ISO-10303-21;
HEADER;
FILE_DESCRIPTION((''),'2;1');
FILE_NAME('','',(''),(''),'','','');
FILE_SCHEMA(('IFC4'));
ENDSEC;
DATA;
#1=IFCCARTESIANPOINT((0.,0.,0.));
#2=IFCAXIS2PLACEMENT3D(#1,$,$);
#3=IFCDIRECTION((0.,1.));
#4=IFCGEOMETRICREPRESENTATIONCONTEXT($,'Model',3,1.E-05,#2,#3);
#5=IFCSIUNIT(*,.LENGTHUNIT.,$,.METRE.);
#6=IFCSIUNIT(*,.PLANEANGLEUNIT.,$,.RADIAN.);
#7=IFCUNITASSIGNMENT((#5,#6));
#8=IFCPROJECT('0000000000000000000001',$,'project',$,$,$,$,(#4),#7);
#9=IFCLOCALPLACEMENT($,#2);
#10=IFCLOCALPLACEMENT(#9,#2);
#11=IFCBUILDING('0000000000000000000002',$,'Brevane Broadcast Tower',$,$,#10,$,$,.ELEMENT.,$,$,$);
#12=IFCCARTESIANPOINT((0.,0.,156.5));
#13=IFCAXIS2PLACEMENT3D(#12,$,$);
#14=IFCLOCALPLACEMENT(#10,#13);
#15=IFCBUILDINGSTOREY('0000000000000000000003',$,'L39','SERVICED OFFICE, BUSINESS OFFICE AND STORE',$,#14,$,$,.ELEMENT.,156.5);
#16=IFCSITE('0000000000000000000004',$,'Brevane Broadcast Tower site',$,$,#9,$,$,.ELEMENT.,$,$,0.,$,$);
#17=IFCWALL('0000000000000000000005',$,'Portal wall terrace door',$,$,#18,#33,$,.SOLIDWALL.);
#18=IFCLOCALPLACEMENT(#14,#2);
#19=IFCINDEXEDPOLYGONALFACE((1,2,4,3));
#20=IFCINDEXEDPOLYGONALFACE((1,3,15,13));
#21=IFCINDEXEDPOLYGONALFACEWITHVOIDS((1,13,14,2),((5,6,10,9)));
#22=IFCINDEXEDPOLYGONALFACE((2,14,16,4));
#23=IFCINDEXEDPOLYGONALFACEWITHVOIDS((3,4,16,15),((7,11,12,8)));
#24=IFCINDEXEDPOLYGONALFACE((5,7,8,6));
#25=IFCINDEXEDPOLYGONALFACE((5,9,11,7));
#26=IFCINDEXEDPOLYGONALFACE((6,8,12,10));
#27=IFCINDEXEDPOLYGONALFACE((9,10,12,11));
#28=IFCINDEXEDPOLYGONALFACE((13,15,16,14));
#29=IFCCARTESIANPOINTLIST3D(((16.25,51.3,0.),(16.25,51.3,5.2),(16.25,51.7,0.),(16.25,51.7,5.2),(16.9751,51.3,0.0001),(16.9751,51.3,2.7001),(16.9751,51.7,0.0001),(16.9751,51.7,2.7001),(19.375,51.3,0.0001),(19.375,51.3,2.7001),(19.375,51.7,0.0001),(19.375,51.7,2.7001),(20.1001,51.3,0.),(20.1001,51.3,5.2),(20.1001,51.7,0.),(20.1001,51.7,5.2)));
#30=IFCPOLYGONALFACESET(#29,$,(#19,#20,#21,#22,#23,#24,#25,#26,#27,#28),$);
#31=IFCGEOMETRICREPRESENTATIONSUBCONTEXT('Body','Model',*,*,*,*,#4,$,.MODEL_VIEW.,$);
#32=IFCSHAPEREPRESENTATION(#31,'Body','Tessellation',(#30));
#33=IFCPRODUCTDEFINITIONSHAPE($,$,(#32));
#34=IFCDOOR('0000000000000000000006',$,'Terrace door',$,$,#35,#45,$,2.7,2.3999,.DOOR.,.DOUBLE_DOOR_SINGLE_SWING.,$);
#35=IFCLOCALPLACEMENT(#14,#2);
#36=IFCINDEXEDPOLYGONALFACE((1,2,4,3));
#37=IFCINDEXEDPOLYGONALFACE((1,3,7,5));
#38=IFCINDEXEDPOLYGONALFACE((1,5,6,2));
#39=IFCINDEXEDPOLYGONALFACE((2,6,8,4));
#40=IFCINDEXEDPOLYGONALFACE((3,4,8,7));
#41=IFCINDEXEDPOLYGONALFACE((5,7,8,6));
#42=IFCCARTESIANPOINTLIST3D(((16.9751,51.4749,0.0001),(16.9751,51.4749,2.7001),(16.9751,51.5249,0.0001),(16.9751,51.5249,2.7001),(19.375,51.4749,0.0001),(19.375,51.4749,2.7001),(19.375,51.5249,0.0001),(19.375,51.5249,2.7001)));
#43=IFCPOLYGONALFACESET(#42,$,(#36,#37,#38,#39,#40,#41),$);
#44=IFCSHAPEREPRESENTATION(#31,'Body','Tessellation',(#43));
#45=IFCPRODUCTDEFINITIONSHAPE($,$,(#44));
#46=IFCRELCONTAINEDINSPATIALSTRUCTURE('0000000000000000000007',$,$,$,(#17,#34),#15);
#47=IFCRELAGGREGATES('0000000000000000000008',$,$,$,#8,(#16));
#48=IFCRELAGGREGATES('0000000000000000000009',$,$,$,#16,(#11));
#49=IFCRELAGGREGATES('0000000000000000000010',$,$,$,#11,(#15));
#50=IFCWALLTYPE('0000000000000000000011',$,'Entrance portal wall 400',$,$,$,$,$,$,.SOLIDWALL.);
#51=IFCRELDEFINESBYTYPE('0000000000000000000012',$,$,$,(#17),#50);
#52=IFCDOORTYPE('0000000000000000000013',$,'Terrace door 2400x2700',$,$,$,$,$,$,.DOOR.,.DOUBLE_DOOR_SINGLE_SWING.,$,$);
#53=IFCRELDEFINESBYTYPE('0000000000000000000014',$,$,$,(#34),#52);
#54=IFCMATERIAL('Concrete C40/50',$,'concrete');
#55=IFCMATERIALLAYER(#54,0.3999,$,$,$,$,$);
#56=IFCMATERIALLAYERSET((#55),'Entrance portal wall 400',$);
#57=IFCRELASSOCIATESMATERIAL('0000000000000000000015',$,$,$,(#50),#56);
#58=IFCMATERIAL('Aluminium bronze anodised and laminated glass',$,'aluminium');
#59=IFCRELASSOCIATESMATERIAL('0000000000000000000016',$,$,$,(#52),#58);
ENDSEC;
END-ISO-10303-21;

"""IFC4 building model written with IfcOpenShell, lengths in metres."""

from ifc_helpers import new_model, si_unit, direction, frame, frame_2d, origin, place, context, subcontext, project, spatial, rectangle, extrude, material, layer, layer_set, type_object, element, fill, save


model = new_model("IFC4")

# Units and contexts
model_context = context("Model", 3, precision=1e-05, world=origin(), true_north=direction((0.0, 1.0)))
body_context = subcontext(model_context, "Body", "Model", "MODEL_VIEW")
ifc_project = project(units=[si_unit("LENGTHUNIT", "METRE"), si_unit("PLANEANGLEUNIT", "RADIAN")], contexts=[model_context])

# Site, building, storey
site_placement = place(None, origin())
site = spatial("IfcSite", under=ifc_project, at=site_placement, Name="Brevane Broadcast Tower site", CompositionType="ELEMENT", RefElevation=0.0)
building_placement = place(site_placement, origin())
building = spatial("IfcBuilding", under=site, at=building_placement, Name="Brevane Broadcast Tower", CompositionType="ELEMENT")
storey_placement = place(building_placement, frame((0.0, 0.0, 156.5)))
storey = spatial("IfcBuildingStorey", under=building, at=storey_placement, Name="L39", Description="SERVICED OFFICE, BUSINESS OFFICE AND STORE", CompositionType="ELEMENT", Elevation=156.5)

# Shared definitions
ifc_material_1 = material(Name="Concrete C40/50", Category="concrete")

# Wall, opening, door
ifc_layer = layer(ifc_material_1, 0.3999)
ifc_layer_set = layer_set([ifc_layer], Name="Entrance portal wall 400")
wall_type = type_object("IfcWallType", Name="Entrance portal wall 400", PredefinedType="SOLIDWALL", material=ifc_layer_set)
wall_placement = place(storey_placement, frame((16.25, 51.5, 0.0), z_axis=(0.0, 0.0, 1.0), x_axis=(1.0, 0.0, 0.0)))
wall = element("IfcWall", 1, at=wall_placement, inside=storey, type_object=wall_type, Name="Portal wall terrace door", PredefinedType="SOLIDWALL", context=body_context, shape_type="SweptSolid", body=[
    extrude(rectangle(XDim=3.8501, YDim=0.3999, at=frame_2d((1.925, 0.0))), origin(), (0.0, 0.0, 1.0), 5.2),
])
opening_placement = place(wall_placement, frame((0.7251, 0.0, 0.0)))
opening = element("IfcOpeningElement", 2, at=opening_placement, cuts=wall, PredefinedType="OPENING", context=body_context, shape_type="SweptSolid", body=[
    extrude(rectangle(XDim=2.3999, YDim=2.7, at=frame_2d((1.2, 1.3501))), frame((0.0, 0.21, 0.0), z_axis=(0.0, -1.0, 0.0), x_axis=(1.0, 0.0, 0.0)), (0.0, 0.0, 1.0), 0.4199),
])
ifc_material_2 = material(Name="Aluminium bronze anodised and laminated glass", Category="aluminium")
door_type = type_object("IfcDoorType", Name="Terrace door 2400x2700", OperationType="DOUBLE_DOOR_SINGLE_SWING", PredefinedType="DOOR", material=ifc_material_2)
door_placement = place(opening_placement, origin())
door = element("IfcDoor", 3, at=door_placement, inside=storey, type_object=door_type, Name="Terrace door", OperationType="DOUBLE_DOOR_SINGLE_SWING", OverallHeight=2.7, OverallWidth=2.3999, PredefinedType="DOOR", context=body_context, shape_type="SweptSolid", body=[
    extrude(rectangle(XDim=2.3999, YDim=2.7, at=frame_2d((1.2, 1.3501))), frame((0.0, 0.0249, 0.0), z_axis=(0.0, -1.0, 0.0), x_axis=(1.0, 0.0, 0.0)), (0.0, 0.0, 1.0), 0.05),
])
fill(opening, door)

save(model, "model.ifc")
